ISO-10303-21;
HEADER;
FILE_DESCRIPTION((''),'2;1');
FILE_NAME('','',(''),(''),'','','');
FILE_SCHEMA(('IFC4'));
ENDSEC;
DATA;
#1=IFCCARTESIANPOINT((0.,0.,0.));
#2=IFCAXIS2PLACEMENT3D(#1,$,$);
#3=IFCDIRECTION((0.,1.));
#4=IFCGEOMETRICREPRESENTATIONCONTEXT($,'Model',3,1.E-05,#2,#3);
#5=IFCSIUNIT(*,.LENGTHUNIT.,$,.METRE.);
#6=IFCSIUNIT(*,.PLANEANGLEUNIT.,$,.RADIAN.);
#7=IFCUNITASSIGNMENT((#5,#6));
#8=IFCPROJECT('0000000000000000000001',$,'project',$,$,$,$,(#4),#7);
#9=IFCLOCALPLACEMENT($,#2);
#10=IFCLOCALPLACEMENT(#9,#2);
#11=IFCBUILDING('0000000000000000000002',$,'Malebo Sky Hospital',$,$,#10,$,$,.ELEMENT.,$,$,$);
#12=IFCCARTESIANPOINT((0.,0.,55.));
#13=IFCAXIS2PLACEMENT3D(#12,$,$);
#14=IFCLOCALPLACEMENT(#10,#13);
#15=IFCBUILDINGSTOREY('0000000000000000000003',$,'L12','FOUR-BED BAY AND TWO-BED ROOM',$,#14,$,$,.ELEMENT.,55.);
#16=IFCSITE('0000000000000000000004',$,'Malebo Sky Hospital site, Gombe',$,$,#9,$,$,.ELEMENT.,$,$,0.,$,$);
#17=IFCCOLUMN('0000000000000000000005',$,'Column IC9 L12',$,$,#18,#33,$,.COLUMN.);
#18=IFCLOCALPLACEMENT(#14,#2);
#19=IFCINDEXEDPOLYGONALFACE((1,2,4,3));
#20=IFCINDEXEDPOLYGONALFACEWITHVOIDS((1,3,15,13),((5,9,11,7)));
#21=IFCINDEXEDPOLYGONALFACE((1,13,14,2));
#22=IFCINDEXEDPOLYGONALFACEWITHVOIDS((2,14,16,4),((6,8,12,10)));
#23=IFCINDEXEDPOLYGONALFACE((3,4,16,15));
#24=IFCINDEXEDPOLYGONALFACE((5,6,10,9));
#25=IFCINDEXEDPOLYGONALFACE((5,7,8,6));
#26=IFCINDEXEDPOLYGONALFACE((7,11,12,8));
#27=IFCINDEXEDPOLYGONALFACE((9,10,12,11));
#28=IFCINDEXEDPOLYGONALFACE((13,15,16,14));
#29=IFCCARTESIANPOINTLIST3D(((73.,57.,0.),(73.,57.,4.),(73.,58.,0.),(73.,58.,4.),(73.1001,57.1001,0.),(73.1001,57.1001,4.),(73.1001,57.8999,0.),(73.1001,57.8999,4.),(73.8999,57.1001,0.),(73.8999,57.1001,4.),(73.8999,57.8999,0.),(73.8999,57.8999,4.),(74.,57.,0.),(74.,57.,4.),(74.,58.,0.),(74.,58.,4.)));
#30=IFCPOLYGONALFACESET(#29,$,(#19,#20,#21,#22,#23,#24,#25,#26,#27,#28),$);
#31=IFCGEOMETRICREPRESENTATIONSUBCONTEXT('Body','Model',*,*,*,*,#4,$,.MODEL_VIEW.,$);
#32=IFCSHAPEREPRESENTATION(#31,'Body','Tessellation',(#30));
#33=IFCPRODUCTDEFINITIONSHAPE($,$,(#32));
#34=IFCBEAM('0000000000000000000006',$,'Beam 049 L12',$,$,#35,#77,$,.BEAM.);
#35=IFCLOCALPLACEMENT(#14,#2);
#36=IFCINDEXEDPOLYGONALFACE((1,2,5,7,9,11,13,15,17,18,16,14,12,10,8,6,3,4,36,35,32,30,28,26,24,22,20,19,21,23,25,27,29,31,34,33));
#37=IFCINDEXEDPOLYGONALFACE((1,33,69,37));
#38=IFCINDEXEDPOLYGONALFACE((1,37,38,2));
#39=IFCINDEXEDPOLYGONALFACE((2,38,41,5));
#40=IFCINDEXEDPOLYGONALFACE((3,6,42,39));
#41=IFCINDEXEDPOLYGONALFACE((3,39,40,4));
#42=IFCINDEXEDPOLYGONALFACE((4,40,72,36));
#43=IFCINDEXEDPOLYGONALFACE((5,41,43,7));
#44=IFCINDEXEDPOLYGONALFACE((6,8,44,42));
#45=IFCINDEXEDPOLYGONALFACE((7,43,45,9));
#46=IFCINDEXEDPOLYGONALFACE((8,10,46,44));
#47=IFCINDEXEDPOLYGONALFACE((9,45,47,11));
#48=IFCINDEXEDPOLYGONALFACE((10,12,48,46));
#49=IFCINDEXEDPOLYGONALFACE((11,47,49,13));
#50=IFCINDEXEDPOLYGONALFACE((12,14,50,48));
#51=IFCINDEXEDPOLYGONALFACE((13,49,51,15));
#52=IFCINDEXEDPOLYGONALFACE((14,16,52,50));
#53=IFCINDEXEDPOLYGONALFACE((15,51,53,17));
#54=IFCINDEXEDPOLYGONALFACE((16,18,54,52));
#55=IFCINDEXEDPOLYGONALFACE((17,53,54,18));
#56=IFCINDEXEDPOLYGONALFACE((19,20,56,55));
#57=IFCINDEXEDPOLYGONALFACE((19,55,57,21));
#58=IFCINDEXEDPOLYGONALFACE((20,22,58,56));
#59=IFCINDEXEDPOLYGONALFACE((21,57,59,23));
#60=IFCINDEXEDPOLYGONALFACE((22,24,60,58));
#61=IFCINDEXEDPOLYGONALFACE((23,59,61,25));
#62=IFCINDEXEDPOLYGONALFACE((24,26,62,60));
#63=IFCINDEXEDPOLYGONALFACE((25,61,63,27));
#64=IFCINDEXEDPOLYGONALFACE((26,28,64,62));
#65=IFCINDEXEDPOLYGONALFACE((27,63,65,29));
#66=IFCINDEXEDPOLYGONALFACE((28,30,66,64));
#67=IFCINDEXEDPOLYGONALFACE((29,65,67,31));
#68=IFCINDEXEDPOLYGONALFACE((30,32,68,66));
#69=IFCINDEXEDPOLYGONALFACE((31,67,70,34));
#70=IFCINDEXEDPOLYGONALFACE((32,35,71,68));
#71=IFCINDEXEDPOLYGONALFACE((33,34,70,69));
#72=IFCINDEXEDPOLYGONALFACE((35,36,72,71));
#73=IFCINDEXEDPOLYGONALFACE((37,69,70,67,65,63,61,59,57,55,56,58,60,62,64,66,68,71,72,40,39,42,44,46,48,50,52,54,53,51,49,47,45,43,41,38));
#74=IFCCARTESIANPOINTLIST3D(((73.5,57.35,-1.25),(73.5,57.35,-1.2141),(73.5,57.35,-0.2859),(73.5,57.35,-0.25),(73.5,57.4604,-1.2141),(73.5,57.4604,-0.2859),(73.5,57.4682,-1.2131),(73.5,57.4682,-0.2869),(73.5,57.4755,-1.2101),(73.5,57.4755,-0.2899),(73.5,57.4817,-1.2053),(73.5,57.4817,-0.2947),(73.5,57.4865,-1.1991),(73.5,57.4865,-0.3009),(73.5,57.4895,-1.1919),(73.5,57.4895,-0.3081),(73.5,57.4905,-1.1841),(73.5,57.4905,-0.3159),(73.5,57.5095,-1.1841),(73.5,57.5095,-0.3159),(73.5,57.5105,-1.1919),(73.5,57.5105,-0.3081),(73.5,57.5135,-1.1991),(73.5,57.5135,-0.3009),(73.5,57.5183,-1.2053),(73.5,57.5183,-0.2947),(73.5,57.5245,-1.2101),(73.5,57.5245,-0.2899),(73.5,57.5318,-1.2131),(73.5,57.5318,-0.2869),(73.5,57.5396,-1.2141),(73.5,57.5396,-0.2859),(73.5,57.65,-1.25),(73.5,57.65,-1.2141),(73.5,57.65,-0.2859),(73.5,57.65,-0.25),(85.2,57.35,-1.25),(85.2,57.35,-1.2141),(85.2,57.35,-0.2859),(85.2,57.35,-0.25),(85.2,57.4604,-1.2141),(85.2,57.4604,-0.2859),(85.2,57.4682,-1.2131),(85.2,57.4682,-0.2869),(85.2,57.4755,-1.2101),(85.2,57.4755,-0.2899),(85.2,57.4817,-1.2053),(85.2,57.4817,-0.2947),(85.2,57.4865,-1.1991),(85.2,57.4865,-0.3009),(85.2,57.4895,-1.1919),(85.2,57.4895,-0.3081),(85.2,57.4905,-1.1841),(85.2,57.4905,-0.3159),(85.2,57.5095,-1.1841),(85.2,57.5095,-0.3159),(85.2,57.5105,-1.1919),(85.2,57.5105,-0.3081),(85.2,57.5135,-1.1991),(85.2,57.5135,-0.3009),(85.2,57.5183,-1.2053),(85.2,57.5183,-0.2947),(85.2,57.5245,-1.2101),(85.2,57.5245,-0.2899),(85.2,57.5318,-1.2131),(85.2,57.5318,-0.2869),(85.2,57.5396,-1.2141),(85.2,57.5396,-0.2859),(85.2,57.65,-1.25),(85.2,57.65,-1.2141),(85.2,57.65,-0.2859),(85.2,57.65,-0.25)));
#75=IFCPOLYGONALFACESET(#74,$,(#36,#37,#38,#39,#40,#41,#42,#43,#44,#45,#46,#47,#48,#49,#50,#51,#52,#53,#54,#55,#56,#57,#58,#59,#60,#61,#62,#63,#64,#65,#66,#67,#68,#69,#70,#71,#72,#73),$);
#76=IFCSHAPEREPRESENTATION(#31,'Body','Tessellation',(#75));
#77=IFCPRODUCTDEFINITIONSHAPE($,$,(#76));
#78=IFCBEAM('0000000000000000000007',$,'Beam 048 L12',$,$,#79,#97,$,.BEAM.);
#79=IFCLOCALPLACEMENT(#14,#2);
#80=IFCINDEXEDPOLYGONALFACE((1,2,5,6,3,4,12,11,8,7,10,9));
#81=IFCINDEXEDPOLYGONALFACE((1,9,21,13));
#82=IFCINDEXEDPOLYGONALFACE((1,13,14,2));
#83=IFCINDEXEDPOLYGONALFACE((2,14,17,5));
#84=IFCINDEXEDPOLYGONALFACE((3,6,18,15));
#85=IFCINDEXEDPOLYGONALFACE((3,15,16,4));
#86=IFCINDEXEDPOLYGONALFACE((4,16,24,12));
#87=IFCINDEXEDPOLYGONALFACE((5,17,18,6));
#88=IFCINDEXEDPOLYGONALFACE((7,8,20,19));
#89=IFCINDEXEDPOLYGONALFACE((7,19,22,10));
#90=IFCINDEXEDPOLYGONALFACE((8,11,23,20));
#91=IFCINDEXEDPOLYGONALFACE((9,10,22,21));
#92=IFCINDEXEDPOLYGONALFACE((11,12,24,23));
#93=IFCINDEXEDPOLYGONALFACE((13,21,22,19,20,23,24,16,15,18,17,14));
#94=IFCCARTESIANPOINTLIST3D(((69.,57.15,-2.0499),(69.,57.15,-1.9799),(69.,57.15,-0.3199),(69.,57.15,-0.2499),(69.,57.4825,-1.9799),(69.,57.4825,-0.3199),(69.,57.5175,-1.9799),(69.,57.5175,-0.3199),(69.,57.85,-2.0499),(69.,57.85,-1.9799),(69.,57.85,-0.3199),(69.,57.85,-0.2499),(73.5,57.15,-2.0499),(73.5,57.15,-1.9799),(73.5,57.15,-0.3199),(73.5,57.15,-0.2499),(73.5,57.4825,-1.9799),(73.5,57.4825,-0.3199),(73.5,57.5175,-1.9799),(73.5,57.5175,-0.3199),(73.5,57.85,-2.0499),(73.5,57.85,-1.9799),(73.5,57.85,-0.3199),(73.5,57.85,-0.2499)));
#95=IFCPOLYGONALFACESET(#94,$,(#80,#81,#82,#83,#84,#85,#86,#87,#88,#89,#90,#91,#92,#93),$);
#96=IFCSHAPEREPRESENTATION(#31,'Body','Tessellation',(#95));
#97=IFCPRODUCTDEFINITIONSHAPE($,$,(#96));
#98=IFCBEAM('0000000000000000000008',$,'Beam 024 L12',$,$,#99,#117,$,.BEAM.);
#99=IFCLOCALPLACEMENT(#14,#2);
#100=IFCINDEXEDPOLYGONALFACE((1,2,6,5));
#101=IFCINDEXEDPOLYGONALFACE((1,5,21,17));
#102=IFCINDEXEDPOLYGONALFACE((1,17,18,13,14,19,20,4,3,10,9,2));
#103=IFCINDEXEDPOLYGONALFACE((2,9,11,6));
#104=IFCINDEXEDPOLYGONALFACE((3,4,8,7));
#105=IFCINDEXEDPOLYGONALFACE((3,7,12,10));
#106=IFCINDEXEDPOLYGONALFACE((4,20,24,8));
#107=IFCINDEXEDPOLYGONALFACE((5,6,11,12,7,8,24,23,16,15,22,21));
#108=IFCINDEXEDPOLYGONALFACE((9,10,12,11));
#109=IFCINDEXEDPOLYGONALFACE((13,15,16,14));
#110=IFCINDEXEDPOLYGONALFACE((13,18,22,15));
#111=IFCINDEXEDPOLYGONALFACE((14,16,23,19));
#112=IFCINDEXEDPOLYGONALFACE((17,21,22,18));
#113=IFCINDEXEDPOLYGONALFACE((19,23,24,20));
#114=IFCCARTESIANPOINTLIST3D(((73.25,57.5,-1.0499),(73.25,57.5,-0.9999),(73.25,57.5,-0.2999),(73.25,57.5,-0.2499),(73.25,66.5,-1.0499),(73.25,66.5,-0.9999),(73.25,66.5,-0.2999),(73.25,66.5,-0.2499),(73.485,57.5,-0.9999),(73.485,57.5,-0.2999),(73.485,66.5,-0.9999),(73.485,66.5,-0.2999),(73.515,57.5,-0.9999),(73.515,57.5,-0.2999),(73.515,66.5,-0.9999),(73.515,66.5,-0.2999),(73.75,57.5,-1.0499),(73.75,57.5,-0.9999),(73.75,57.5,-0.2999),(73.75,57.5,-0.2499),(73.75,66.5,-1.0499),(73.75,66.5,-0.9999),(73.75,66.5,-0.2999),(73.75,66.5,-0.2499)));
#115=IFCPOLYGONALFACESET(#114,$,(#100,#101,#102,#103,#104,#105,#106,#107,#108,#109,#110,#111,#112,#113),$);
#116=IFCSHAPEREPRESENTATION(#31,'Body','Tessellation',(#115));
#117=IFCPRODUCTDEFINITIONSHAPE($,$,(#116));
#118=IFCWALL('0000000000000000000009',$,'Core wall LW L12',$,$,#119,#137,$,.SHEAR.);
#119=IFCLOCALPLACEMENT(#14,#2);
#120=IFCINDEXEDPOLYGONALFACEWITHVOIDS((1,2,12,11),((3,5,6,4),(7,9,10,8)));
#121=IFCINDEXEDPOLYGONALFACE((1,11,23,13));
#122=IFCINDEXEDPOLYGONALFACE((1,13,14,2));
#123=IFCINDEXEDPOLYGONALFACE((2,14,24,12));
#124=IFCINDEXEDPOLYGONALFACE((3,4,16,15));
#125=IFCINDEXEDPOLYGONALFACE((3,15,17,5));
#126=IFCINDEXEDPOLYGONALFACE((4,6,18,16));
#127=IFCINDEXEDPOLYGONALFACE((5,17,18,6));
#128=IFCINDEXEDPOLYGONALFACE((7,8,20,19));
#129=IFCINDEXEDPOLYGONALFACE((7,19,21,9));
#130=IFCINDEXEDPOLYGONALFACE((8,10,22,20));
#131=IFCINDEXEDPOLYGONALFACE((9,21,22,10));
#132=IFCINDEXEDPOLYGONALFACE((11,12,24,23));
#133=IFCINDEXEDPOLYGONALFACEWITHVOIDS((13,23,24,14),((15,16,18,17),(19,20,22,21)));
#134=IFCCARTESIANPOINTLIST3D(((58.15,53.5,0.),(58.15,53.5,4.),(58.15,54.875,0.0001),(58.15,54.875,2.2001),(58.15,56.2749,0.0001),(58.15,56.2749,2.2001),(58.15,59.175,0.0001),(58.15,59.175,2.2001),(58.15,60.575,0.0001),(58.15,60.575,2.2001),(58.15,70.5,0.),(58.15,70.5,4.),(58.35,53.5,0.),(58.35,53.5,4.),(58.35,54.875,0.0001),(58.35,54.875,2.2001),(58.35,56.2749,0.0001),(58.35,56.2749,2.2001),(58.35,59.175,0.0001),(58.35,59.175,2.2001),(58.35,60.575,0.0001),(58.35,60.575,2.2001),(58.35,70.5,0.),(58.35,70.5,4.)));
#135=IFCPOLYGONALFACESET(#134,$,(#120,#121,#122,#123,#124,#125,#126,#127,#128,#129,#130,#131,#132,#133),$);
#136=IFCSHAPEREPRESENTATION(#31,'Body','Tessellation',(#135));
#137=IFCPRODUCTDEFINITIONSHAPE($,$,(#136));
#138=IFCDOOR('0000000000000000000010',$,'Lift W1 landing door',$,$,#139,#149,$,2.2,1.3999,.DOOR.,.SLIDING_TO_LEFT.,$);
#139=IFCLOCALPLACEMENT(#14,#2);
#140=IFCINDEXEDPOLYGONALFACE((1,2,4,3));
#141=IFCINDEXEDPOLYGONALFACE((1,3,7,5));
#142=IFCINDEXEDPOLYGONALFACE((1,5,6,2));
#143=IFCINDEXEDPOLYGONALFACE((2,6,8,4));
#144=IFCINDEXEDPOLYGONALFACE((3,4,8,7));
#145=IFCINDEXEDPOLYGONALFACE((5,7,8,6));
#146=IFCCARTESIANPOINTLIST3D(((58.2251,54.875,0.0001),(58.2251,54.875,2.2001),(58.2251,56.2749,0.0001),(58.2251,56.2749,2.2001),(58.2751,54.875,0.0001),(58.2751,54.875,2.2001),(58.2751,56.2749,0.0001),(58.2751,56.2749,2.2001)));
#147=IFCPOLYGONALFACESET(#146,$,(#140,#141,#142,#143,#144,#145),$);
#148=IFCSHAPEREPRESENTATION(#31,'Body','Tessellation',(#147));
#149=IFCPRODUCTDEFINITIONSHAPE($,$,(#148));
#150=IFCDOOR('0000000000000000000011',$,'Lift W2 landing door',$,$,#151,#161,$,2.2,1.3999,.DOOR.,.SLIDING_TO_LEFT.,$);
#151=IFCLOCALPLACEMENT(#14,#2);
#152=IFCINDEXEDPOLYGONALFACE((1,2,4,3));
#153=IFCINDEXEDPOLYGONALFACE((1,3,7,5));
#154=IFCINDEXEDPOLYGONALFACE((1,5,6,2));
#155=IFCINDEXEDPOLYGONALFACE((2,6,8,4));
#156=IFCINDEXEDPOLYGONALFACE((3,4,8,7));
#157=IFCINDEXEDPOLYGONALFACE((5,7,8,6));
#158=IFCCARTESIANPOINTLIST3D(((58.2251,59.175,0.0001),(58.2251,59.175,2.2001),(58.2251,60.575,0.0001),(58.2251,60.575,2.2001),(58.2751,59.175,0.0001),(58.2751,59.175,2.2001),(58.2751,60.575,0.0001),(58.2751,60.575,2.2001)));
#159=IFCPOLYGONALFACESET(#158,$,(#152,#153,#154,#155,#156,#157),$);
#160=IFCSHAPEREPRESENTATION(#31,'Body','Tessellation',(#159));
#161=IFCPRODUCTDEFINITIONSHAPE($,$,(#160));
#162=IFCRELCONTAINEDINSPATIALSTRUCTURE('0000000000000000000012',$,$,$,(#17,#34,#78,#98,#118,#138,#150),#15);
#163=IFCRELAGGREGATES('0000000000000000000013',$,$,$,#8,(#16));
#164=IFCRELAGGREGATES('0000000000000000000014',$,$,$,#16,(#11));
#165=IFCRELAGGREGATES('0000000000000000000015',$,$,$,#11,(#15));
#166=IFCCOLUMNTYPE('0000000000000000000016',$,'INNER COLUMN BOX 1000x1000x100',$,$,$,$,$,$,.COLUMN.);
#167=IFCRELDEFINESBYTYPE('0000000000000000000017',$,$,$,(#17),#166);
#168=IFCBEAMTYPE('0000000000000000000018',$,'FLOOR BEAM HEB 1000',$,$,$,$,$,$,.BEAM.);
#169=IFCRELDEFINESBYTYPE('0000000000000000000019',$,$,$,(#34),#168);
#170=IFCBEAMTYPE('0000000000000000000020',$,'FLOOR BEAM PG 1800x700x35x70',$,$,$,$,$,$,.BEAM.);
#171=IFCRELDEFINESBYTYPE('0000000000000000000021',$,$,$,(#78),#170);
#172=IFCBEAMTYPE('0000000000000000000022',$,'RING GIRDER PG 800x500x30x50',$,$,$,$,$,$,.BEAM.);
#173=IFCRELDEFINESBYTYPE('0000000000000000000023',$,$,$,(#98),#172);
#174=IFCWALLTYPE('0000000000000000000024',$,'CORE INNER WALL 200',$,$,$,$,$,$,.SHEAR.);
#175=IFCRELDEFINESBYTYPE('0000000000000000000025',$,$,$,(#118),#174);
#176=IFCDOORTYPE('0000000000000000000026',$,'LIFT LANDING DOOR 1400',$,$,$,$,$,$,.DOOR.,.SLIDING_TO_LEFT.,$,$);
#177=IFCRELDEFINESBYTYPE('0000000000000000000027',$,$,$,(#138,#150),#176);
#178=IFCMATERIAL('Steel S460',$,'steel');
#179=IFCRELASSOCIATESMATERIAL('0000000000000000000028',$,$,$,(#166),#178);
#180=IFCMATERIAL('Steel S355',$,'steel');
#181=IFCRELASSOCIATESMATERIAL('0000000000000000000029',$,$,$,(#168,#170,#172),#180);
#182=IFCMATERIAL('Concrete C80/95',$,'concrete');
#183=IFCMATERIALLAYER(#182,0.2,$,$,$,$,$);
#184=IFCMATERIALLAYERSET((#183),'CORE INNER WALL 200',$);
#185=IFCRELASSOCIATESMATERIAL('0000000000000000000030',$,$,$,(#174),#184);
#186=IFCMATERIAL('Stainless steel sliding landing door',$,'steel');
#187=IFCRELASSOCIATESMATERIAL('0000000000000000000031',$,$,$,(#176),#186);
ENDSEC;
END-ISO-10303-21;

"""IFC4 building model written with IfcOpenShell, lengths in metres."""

from ifc_helpers import new_model, si_unit, direction, frame, frame_2d, origin, origin_2d, place, context, subcontext, project, spatial, rectangle, hollow_rectangle, i_section, extrude, material, layer, layer_set, material_profile, profile_set, type_object, element, fill, save


model = new_model("IFC4")

# Units and contexts
model_context = context("Model", 3, precision=1e-05, world=origin(), true_north=direction((0.0, 1.0)))
body_context = subcontext(model_context, "Body", "Model", "MODEL_VIEW")
ifc_project = project(units=[si_unit("LENGTHUNIT", "METRE"), si_unit("PLANEANGLEUNIT", "RADIAN")], contexts=[model_context])

# Site, building, storey
site_placement = place(None, origin())
site = spatial("IfcSite", under=ifc_project, at=site_placement, Name="Malebo Sky Hospital site, Gombe", CompositionType="ELEMENT", RefElevation=0.0)
building_placement = place(site_placement, origin())
building = spatial("IfcBuilding", under=site, at=building_placement, Name="Malebo Sky Hospital", CompositionType="ELEMENT")
storey_placement = place(building_placement, frame((0.0, 0.0, 55.0)))
storey = spatial("IfcBuildingStorey", under=building, at=storey_placement, Name="L12", Description="FOUR-BED BAY AND TWO-BED ROOM", CompositionType="ELEMENT", Elevation=55.0)

# Column
ifc_material_1 = material(Name="Steel S460", Category="steel")
ifc_material_profile_1 = material_profile(ifc_material_1, hollow_rectangle(XDim=1.0, YDim=1.0, WallThickness=0.1001, at=origin_2d()), Name="BOX 1000x1000x100")
ifc_profile_set_1 = profile_set([ifc_material_profile_1], Name="Steel S460")
column_type = type_object("IfcColumnType", Name="INNER COLUMN BOX 1000x1000x100", PredefinedType="COLUMN", material=ifc_profile_set_1)
column_placement = place(storey_placement, frame((73.5, 57.5, 0.0), z_axis=(0.0, 0.0, 1.0), x_axis=(1.0, 0.0, 0.0)))
element("IfcColumn", 1, at=column_placement, inside=storey, type_object=column_type, Name="Column IC9 L12", PredefinedType="COLUMN", context=body_context, shape_type="SweptSolid", body=[
    extrude(hollow_rectangle(XDim=1.0, YDim=1.0, WallThickness=0.1001, at=origin_2d()), origin(), (0.0, 0.0, 1.0), 4.0),
])

# Beams
ifc_material_2 = material(Name="Steel S355", Category="steel")
ifc_material_profile_2 = material_profile(ifc_material_2, i_section(OverallWidth=0.3, OverallDepth=1.0, WebThickness=0.019, FlangeThickness=0.0359, FilletRadius=0.03, at=origin_2d()), Name="HEB 1000")
ifc_profile_set_2 = profile_set([ifc_material_profile_2], Name="Steel S355")
beam_type_1 = type_object("IfcBeamType", Name="FLOOR BEAM HEB 1000", PredefinedType="BEAM", material=ifc_profile_set_2)
beam_1_placement = place(storey_placement, frame((73.5, 57.5, -0.75), z_axis=(1.0, 0.0, 0.0), x_axis=(0.0, 1.0, 0.0)))
element("IfcBeam", 2, at=beam_1_placement, inside=storey, type_object=beam_type_1, Name="Beam 049 L12", PredefinedType="BEAM", context=body_context, shape_type="SweptSolid", body=[
    extrude(i_section(OverallWidth=0.3, OverallDepth=1.0, WebThickness=0.019, FlangeThickness=0.0359, FilletRadius=0.03, at=origin_2d()), origin(), (0.0, 0.0, 1.0), 11.7),
])
ifc_material_profile_3 = material_profile(ifc_material_2, i_section(OverallWidth=0.7, OverallDepth=1.8, WebThickness=0.0349, FlangeThickness=0.0701, at=origin_2d()), Name="PG 1800x700x35x70")
ifc_profile_set_3 = profile_set([ifc_material_profile_3], Name="Steel S355")
beam_type_2 = type_object("IfcBeamType", Name="FLOOR BEAM PG 1800x700x35x70", PredefinedType="BEAM", material=ifc_profile_set_3)
beam_2_placement = place(storey_placement, frame((69.0, 57.5, -1.1499), z_axis=(1.0, 0.0, 0.0), x_axis=(0.0, 1.0, 0.0)))
element("IfcBeam", 3, at=beam_2_placement, inside=storey, type_object=beam_type_2, Name="Beam 048 L12", PredefinedType="BEAM", context=body_context, shape_type="SweptSolid", body=[
    extrude(i_section(OverallWidth=0.7, OverallDepth=1.8, WebThickness=0.0349, FlangeThickness=0.0701, at=origin_2d()), origin(), (0.0, 0.0, 1.0), 4.5),
])
ifc_material_profile_4 = material_profile(ifc_material_2, i_section(OverallWidth=0.5, OverallDepth=0.8, WebThickness=0.03, FlangeThickness=0.05, at=origin_2d()), Name="PG 800x500x30x50")
ifc_profile_set_4 = profile_set([ifc_material_profile_4], Name="Steel S355")
beam_type_3 = type_object("IfcBeamType", Name="RING GIRDER PG 800x500x30x50", PredefinedType="BEAM", material=ifc_profile_set_4)
beam_3_placement = place(storey_placement, frame((73.5, 57.5, -0.6499), z_axis=(0.0, 1.0, 0.0), x_axis=(-1.0, 0.0, 0.0)))
element("IfcBeam", 4, at=beam_3_placement, inside=storey, type_object=beam_type_3, Name="Beam 024 L12", PredefinedType="BEAM", context=body_context, shape_type="SweptSolid", body=[
    extrude(i_section(OverallWidth=0.5, OverallDepth=0.8, WebThickness=0.03, FlangeThickness=0.05, at=origin_2d()), origin(), (0.0, 0.0, 1.0), 9.0),
])

# Wall, openings, doors
ifc_material_3 = material(Name="Concrete C80/95", Category="concrete")
ifc_layer_1 = layer(ifc_material_3, 0.2)
ifc_layer_set_1 = layer_set([ifc_layer_1], Name="CORE INNER WALL 200")
wall_type_1 = type_object("IfcWallType", Name="CORE INNER WALL 200", PredefinedType="SHEAR", material=ifc_layer_set_1)
wall_1_placement = place(storey_placement, frame((58.25, 53.5, 0.0), z_axis=(0.0, 0.0, 1.0), x_axis=(0.0, 1.0, 0.0)))
wall_1 = element("IfcWall", 5, at=wall_1_placement, inside=storey, type_object=wall_type_1, Name="Core wall LW L12", PredefinedType="SHEAR", context=body_context, shape_type="SweptSolid", body=[
    extrude(rectangle(XDim=17.0, YDim=0.2, at=frame_2d((8.5, 0.0))), origin(), (0.0, 0.0, 1.0), 4.0),
])
opening_1_placement = place(wall_1_placement, frame((1.375, 0.0, 0.0)))
opening_1 = element("IfcOpeningElement", 6, at=opening_1_placement, cuts=wall_1, PredefinedType="OPENING", context=body_context, shape_type="SweptSolid", body=[
    extrude(rectangle(XDim=1.3999, YDim=2.2, at=frame_2d((0.7, 1.1001))), frame((0.0, 0.1099, 0.0), z_axis=(0.0, -1.0, 0.0), x_axis=(1.0, 0.0, 0.0)), (0.0, 0.0, 1.0), 0.22),
])
opening_2_placement = place(wall_1_placement, frame((5.675, 0.0, 0.0)))
opening_2 = element("IfcOpeningElement", 7, at=opening_2_placement, cuts=wall_1, PredefinedType="OPENING", context=body_context, shape_type="SweptSolid", body=[
    extrude(rectangle(XDim=1.3999, YDim=2.2, at=frame_2d((0.7, 1.1001))), frame((0.0, 0.1099, 0.0), z_axis=(0.0, -1.0, 0.0), x_axis=(1.0, 0.0, 0.0)), (0.0, 0.0, 1.0), 0.22),
])
ifc_material_4 = material(Name="Stainless steel sliding landing door", Category="steel")
door_type_1 = type_object("IfcDoorType", Name="LIFT LANDING DOOR 1400", OperationType="SLIDING_TO_LEFT", PredefinedType="DOOR", material=ifc_material_4)
door_1_placement = place(opening_1_placement, origin())
door_1 = element("IfcDoor", 8, at=door_1_placement, inside=storey, type_object=door_type_1, Name="Lift W1 landing door", OperationType="SLIDING_TO_LEFT", OverallHeight=2.2, OverallWidth=1.3999, PredefinedType="DOOR", context=body_context, shape_type="SweptSolid", body=[
    extrude(rectangle(XDim=1.3999, YDim=2.2, at=frame_2d((0.7, 1.1001))), frame((0.0, 0.0249, 0.0), z_axis=(0.0, -1.0, 0.0), x_axis=(1.0, 0.0, 0.0)), (0.0, 0.0, 1.0), 0.05),
])
fill(opening_1, door_1)
door_2_placement = place(opening_2_placement, origin())
door_2 = element("IfcDoor", 9, at=door_2_placement, inside=storey, type_object=door_type_1, Name="Lift W2 landing door", OperationType="SLIDING_TO_LEFT", OverallHeight=2.2, OverallWidth=1.3999, PredefinedType="DOOR", context=body_context, shape_type="SweptSolid", body=[
    extrude(rectangle(XDim=1.3999, YDim=2.2, at=frame_2d((0.7, 1.1001))), frame((0.0, 0.0249, 0.0), z_axis=(0.0, -1.0, 0.0), x_axis=(1.0, 0.0, 0.0)), (0.0, 0.0, 1.0), 0.05),
])
fill(opening_2, door_2)

save(model, "model.ifc")
